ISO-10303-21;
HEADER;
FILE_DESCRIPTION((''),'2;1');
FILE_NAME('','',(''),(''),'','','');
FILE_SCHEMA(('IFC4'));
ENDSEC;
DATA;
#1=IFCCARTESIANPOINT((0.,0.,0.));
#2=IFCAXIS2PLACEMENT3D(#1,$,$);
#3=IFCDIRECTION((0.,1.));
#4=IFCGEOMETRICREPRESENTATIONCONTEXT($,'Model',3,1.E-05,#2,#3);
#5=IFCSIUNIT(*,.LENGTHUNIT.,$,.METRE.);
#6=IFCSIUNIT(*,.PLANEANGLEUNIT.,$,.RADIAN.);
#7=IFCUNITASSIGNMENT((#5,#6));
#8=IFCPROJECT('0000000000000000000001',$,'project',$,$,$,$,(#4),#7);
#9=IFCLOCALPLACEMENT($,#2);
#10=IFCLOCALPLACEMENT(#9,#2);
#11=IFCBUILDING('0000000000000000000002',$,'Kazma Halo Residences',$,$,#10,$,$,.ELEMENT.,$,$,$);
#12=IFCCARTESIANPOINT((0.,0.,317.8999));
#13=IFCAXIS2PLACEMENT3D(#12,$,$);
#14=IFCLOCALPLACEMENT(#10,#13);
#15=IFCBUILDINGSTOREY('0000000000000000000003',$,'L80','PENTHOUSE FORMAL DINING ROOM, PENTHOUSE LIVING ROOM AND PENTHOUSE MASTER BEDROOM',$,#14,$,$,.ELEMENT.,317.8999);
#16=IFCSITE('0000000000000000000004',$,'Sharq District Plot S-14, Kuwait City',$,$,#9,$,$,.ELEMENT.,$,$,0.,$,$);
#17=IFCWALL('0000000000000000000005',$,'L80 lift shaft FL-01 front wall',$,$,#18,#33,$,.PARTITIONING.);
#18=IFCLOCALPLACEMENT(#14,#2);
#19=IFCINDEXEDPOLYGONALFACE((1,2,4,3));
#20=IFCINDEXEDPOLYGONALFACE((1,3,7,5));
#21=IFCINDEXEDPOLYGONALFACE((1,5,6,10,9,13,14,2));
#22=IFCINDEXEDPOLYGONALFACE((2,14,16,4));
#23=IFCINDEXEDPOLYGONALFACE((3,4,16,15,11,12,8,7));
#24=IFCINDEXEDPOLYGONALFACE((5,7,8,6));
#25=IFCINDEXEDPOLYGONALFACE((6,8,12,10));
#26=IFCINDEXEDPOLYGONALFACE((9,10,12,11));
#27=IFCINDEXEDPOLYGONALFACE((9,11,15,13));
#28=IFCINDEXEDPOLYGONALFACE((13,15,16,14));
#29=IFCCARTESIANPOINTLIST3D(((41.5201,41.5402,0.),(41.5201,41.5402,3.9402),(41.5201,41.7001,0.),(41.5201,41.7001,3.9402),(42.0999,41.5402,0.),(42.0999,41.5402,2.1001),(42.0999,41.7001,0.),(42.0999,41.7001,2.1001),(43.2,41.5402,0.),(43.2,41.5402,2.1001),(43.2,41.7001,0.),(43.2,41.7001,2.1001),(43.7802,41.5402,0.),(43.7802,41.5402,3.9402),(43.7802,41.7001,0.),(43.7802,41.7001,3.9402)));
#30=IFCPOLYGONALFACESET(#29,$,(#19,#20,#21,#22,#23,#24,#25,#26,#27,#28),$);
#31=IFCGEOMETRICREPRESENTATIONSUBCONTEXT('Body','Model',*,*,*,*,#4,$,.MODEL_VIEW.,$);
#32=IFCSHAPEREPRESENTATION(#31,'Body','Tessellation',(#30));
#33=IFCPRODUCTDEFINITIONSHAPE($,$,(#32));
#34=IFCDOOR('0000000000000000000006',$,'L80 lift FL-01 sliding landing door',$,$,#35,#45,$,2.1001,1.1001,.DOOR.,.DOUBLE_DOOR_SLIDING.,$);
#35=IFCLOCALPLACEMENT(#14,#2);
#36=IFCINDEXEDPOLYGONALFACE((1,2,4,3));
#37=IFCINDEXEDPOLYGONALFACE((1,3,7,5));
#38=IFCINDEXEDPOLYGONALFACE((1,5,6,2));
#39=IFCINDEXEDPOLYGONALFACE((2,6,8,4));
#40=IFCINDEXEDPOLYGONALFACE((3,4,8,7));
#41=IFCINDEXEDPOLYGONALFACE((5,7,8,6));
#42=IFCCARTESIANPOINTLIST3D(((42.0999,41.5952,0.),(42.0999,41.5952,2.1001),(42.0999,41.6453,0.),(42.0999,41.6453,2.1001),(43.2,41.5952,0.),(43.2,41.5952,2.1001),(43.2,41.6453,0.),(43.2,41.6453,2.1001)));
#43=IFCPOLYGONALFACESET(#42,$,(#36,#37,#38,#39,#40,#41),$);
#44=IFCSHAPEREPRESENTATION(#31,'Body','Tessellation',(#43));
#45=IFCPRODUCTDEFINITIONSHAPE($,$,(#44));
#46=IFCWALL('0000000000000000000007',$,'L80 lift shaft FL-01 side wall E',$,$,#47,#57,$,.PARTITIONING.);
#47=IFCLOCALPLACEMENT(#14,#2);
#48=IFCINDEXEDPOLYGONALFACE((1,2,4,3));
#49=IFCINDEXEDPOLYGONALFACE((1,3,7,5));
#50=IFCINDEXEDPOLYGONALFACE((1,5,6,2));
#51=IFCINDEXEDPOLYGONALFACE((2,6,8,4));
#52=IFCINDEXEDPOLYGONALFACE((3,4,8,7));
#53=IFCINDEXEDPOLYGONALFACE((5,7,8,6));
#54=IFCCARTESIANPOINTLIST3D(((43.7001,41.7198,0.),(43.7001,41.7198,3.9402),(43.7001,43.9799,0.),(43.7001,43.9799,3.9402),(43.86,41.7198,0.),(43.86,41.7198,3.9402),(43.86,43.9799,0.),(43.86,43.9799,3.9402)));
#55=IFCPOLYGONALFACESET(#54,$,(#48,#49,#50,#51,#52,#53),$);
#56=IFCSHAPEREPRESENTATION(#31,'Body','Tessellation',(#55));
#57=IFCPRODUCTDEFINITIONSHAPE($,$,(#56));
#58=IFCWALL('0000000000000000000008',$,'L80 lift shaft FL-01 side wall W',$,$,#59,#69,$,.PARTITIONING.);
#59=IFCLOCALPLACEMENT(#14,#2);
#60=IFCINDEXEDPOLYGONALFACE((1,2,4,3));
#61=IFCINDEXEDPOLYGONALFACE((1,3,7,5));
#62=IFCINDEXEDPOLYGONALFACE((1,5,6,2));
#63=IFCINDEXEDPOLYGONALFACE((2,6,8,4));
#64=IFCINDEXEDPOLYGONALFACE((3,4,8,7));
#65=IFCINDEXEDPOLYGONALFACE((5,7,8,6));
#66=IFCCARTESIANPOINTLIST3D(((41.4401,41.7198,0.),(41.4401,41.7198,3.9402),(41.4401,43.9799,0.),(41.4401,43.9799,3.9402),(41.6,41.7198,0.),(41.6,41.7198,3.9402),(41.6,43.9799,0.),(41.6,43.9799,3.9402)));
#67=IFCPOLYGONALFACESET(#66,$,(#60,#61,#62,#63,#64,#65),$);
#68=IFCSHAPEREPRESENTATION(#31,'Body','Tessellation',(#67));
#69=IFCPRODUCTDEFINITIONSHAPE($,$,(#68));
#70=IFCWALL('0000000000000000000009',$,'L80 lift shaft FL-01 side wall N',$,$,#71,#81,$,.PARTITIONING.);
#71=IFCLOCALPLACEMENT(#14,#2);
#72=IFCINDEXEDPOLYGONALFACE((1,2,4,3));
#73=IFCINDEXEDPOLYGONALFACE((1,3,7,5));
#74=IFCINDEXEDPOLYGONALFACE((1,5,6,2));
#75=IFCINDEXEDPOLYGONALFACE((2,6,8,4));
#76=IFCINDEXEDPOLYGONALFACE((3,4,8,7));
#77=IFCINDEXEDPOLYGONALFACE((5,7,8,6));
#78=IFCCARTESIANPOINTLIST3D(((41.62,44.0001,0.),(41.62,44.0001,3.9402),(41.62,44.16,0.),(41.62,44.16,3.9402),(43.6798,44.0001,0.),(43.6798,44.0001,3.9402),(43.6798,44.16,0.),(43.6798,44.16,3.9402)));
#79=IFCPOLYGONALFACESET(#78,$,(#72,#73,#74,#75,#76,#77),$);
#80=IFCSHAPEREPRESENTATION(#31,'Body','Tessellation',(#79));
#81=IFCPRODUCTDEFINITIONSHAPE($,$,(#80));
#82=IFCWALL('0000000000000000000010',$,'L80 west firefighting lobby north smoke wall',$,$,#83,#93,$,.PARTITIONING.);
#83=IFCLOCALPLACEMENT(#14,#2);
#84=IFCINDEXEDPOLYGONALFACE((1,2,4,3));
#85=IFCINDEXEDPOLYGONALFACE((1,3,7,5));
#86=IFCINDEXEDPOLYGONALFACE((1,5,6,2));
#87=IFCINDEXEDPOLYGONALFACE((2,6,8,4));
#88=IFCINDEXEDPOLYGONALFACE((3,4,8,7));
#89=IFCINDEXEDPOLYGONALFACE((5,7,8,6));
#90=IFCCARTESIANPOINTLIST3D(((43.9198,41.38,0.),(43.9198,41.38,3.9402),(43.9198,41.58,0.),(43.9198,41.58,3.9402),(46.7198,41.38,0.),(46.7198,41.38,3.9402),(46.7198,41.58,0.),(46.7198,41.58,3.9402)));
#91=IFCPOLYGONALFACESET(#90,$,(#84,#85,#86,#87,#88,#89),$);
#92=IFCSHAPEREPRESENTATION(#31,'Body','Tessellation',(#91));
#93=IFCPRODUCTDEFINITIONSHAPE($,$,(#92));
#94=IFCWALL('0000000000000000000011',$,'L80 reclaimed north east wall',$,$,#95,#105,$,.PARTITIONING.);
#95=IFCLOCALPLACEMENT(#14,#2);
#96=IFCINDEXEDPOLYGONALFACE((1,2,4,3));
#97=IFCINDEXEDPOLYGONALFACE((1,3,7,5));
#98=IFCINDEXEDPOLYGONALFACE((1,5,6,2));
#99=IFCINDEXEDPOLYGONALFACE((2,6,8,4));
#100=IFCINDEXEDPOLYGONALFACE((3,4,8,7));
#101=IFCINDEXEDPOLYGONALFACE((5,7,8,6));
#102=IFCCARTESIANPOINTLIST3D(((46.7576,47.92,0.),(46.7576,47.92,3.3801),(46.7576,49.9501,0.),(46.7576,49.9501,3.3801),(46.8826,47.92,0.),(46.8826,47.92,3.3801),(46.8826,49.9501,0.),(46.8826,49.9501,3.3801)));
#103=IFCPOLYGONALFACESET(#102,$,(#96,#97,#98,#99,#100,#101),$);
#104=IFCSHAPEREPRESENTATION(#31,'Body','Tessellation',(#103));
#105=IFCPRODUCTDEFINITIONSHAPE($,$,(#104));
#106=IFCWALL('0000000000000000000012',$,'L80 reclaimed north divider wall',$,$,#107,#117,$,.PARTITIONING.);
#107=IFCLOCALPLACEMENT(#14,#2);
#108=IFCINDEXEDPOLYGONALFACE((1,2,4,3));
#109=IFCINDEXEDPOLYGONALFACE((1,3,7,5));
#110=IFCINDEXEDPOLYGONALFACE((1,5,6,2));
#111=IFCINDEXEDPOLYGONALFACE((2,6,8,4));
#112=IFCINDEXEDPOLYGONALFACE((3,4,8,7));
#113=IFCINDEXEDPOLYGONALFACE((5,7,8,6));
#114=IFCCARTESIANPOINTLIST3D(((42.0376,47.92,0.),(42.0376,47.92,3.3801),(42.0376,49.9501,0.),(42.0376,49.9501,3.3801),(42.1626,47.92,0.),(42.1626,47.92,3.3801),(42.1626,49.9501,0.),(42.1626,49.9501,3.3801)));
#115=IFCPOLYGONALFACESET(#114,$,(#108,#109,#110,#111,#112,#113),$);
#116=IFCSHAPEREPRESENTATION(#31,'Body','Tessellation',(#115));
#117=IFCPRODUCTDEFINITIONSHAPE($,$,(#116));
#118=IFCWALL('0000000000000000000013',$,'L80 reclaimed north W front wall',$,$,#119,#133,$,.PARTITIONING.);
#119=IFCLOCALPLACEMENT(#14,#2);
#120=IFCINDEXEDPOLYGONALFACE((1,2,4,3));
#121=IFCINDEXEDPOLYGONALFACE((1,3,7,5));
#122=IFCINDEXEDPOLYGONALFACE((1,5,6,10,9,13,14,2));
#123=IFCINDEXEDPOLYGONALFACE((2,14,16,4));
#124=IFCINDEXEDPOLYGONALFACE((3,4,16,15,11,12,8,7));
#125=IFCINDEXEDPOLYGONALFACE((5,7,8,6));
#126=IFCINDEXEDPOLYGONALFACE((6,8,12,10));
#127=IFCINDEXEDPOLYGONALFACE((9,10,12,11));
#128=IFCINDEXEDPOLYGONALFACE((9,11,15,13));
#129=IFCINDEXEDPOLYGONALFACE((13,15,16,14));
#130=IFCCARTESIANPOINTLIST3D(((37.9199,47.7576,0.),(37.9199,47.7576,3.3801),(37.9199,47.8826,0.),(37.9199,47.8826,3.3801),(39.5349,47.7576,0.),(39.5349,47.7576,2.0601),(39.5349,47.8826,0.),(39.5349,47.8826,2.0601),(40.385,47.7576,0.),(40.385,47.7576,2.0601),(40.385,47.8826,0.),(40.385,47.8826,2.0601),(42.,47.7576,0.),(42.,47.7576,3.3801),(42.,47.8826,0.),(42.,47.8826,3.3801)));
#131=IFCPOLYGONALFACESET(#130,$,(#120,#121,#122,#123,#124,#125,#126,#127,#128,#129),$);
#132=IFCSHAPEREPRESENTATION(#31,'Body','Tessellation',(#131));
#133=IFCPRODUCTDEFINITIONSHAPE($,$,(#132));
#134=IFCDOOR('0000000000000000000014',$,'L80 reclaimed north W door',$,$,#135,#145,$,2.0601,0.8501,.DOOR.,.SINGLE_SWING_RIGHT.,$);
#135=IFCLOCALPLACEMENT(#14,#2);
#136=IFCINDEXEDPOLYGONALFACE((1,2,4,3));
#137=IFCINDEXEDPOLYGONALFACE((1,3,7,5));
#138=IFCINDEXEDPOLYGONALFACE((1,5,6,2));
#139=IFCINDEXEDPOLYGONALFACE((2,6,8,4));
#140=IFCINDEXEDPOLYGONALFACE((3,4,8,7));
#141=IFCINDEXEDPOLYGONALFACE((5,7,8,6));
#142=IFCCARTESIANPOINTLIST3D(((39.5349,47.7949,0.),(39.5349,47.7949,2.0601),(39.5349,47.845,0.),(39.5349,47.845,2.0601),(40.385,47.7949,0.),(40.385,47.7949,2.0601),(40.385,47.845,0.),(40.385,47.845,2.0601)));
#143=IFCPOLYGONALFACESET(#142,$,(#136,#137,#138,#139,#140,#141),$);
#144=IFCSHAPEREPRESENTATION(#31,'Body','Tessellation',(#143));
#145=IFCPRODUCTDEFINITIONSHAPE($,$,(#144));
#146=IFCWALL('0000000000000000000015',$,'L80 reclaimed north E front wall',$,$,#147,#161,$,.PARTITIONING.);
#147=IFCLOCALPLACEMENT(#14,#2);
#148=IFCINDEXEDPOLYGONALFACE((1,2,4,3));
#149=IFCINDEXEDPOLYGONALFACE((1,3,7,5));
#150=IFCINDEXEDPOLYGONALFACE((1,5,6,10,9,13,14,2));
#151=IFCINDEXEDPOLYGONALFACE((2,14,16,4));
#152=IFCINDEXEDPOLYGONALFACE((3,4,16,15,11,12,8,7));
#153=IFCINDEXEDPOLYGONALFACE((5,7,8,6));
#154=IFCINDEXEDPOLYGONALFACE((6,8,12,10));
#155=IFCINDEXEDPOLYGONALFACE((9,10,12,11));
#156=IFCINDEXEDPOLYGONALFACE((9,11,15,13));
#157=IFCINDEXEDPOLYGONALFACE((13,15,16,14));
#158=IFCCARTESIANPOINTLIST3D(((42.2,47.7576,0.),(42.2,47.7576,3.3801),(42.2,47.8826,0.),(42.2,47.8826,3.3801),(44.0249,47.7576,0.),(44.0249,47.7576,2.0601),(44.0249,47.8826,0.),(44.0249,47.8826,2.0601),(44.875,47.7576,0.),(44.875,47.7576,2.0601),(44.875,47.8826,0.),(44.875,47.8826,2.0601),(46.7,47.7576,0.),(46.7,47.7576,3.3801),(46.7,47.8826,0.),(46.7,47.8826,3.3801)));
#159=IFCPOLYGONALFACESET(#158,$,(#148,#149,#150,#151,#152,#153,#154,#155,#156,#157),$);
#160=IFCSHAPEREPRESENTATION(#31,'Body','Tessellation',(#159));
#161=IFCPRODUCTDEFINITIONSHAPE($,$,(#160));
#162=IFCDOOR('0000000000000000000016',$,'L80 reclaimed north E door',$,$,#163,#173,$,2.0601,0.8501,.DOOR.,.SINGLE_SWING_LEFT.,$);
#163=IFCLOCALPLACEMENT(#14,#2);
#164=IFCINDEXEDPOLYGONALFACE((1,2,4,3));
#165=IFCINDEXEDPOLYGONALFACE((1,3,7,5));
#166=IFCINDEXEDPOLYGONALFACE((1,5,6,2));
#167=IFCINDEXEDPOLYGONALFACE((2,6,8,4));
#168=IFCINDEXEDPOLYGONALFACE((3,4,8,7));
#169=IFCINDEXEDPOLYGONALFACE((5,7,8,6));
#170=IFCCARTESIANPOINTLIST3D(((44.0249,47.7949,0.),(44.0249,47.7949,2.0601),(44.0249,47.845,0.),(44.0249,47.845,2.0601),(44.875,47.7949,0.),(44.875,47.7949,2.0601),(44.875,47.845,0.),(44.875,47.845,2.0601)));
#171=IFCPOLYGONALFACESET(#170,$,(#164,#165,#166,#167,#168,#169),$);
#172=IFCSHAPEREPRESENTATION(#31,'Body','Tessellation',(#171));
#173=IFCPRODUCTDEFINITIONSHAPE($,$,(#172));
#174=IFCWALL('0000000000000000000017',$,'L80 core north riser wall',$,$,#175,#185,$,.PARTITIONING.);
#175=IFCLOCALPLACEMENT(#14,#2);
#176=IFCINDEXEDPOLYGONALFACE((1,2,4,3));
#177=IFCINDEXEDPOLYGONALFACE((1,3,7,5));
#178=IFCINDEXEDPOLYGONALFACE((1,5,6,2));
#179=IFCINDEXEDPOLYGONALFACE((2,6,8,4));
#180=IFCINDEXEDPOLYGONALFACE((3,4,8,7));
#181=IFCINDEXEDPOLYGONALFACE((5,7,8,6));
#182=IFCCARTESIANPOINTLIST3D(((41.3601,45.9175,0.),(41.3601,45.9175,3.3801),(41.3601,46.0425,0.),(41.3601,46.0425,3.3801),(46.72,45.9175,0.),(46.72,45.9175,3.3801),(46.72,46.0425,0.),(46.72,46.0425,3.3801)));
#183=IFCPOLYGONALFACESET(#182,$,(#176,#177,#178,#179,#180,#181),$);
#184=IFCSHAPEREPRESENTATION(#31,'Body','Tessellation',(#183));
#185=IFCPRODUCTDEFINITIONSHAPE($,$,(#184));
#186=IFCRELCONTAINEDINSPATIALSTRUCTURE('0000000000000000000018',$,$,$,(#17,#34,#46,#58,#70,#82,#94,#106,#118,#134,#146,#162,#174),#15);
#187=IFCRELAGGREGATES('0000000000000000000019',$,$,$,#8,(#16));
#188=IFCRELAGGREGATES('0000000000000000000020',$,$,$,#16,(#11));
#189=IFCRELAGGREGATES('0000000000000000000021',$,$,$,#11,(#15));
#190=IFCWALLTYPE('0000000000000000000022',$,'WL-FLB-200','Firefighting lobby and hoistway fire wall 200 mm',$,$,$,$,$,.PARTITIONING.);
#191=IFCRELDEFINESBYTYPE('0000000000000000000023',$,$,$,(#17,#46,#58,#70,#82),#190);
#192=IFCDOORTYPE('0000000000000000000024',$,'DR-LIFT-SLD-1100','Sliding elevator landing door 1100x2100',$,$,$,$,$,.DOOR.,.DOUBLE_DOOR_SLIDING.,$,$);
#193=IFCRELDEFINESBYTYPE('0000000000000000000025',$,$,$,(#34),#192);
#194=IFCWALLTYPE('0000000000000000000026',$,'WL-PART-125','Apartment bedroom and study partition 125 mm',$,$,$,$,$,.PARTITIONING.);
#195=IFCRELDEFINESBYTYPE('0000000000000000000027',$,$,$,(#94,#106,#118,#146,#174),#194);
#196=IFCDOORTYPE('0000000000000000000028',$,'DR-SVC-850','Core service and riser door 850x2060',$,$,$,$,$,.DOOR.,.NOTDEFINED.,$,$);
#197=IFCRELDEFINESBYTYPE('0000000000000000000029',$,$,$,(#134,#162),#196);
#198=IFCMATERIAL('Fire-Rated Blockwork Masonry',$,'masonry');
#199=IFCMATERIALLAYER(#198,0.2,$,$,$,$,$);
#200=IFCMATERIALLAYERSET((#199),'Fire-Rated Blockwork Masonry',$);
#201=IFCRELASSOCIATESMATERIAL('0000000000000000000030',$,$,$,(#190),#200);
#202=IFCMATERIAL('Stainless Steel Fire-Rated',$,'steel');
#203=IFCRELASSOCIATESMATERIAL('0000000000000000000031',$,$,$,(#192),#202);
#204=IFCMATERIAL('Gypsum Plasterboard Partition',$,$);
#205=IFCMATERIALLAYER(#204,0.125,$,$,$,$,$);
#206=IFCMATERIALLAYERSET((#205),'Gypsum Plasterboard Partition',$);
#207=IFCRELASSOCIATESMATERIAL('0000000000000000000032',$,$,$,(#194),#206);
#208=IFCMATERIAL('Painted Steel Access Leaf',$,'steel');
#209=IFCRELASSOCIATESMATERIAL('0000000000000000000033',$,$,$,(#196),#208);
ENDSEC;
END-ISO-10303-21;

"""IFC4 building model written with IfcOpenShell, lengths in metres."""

from ifc_helpers import new_model, si_unit, direction, frame, frame_2d, origin, place, context, subcontext, project, spatial, rectangle, extrude, material, layer, layer_set, type_object, element, fill, save


model = new_model("IFC4")

# Units and contexts
model_context = context("Model", 3, precision=1e-05, world=origin(), true_north=direction((0.0, 1.0)))
body_context = subcontext(model_context, "Body", "Model", "MODEL_VIEW")
ifc_project = project(units=[si_unit("LENGTHUNIT", "METRE"), si_unit("PLANEANGLEUNIT", "RADIAN")], contexts=[model_context])

# Site, building, storey
site_placement = place(None, origin())
site = spatial("IfcSite", under=ifc_project, at=site_placement, Name="Sharq District Plot S-14, Kuwait City", CompositionType="ELEMENT", RefElevation=0.0)
building_placement = place(site_placement, origin())
building = spatial("IfcBuilding", under=site, at=building_placement, Name="Kazma Halo Residences", CompositionType="ELEMENT")
storey_placement = place(building_placement, frame((0.0, 0.0, 317.8999)))
storey = spatial("IfcBuildingStorey", under=building, at=storey_placement, Name="L80", Description="PENTHOUSE FORMAL DINING ROOM, PENTHOUSE LIVING ROOM AND PENTHOUSE MASTER BEDROOM", CompositionType="ELEMENT", Elevation=317.8999)

# Wall, opening, door
ifc_material_1 = material(Name="Fire-Rated Blockwork Masonry", Category="masonry")
ifc_layer_1 = layer(ifc_material_1, 0.2)
ifc_layer_set_1 = layer_set([ifc_layer_1], Name="Fire-Rated Blockwork Masonry")
wall_type_1 = type_object("IfcWallType", Name="WL-FLB-200", Description="Firefighting lobby and hoistway fire wall 200 mm", PredefinedType="PARTITIONING", material=ifc_layer_set_1)
wall_1_placement = place(storey_placement, frame((43.78, 41.6201, 0.0), z_axis=(0.0, 0.0, 1.0), x_axis=(-1.0, 0.0, 0.0)))
wall_1 = element("IfcWall", 1, at=wall_1_placement, inside=storey, type_object=wall_type_1, Name="L80 lift shaft FL-01 front wall", PredefinedType="PARTITIONING", context=body_context, shape_type="SweptSolid", body=[
    extrude(rectangle(XDim=2.26, YDim=0.1599, at=frame_2d((1.1299, 0.0))), origin(), (0.0, 0.0, 1.0), 3.9402),
])
opening_1_placement = place(wall_1_placement, frame((0.5801, 0.0, 0.0)))
opening_1 = element("IfcOpeningElement", 2, at=opening_1_placement, cuts=wall_1, PredefinedType="OPENING", context=body_context, shape_type="SweptSolid", body=[
    extrude(rectangle(XDim=1.1001, YDim=2.1001, at=frame_2d((0.55, 1.05))), frame((0.0, 0.0898, 0.0), z_axis=(0.0, -1.0, 0.0), x_axis=(1.0, 0.0, 0.0)), (0.0, 0.0, 1.0), 0.1799),
])
ifc_material_2 = material(Name="Stainless Steel Fire-Rated", Category="steel")
door_type_1 = type_object("IfcDoorType", Name="DR-LIFT-SLD-1100", Description="Sliding elevator landing door 1100x2100", OperationType="DOUBLE_DOOR_SLIDING", PredefinedType="DOOR", material=ifc_material_2)
door_1_placement = place(opening_1_placement, origin())
door_1 = element("IfcDoor", 3, at=door_1_placement, inside=storey, type_object=door_type_1, Name="L80 lift FL-01 sliding landing door", OperationType="DOUBLE_DOOR_SLIDING", OverallHeight=2.1001, OverallWidth=1.1001, PredefinedType="DOOR", context=body_context, shape_type="SweptSolid", body=[
    extrude(rectangle(XDim=1.1001, YDim=2.1001, at=frame_2d((0.55, 1.05))), frame((0.0, 0.0249, 0.0), z_axis=(0.0, -1.0, 0.0), x_axis=(1.0, 0.0, 0.0)), (0.0, 0.0, 1.0), 0.05),
])
fill(opening_1, door_1)

# Walls
for number, where, z_axis, x_axis, name in (
    (4, (43.78, 41.72, 0.0), (0.0, 0.0, 1.0), (0.0, 1.0, 0.0), "L80 lift shaft FL-01 side wall E"),
    (5, (41.52, 41.72, 0.0), (0.0, 0.0, 1.0), (0.0, 1.0, 0.0), "L80 lift shaft FL-01 side wall W"),
):
    element("IfcWall", number, at=place(storey_placement, frame(where, z_axis=z_axis, x_axis=x_axis)), inside=storey, type_object=wall_type_1, Name=name, PredefinedType="PARTITIONING", context=body_context, shape_type="SweptSolid", body=[
        extrude(rectangle(XDim=2.26, YDim=0.1599, at=frame_2d((1.1299, 0.0))), origin(), (0.0, 0.0, 1.0), 3.9402),
    ])
wall_2_placement = place(storey_placement, frame((41.6201, 44.0801, 0.0), z_axis=(0.0, 0.0, 1.0), x_axis=(1.0, 0.0, 0.0)))
element("IfcWall", 6, at=wall_2_placement, inside=storey, type_object=wall_type_1, Name="L80 lift shaft FL-01 side wall N", PredefinedType="PARTITIONING", context=body_context, shape_type="SweptSolid", body=[
    extrude(rectangle(XDim=2.0598, YDim=0.1599, at=frame_2d((1.0298, 0.0))), origin(), (0.0, 0.0, 1.0), 3.9402),
])
wall_3_placement = place(storey_placement, frame((43.9199, 41.48, 0.0), z_axis=(0.0, 0.0, 1.0), x_axis=(1.0, 0.0, 0.0)))
element("IfcWall", 7, at=wall_3_placement, inside=storey, type_object=wall_type_1, Name="L80 west firefighting lobby north smoke wall", PredefinedType="PARTITIONING", context=body_context, shape_type="SweptSolid", body=[
    extrude(rectangle(XDim=2.8, YDim=0.2, at=frame_2d((1.3999, 0.0))), origin(), (0.0, 0.0, 1.0), 3.9402),
])
ifc_material_3 = material(Name="Gypsum Plasterboard Partition")
ifc_layer_2 = layer(ifc_material_3, 0.125)
ifc_layer_set_2 = layer_set([ifc_layer_2], Name="Gypsum Plasterboard Partition")
wall_type_2 = type_object("IfcWallType", Name="WL-PART-125", Description="Apartment bedroom and study partition 125 mm", PredefinedType="PARTITIONING", material=ifc_layer_set_2)
for number, where, z_axis, x_axis, name in (
    (8, (46.8201, 47.9199, 0.0), (0.0, 0.0, 1.0), (0.0, 1.0, 0.0), "L80 reclaimed north east wall"),
    (9, (42.1001, 47.9199, 0.0), (0.0, 0.0, 1.0), (0.0, 1.0, 0.0), "L80 reclaimed north divider wall"),
):
    element("IfcWall", number, at=place(storey_placement, frame(where, z_axis=z_axis, x_axis=x_axis)), inside=storey, type_object=wall_type_2, Name=name, PredefinedType="PARTITIONING", context=body_context, shape_type="SweptSolid", body=[
        extrude(rectangle(XDim=2.03, YDim=0.125, at=frame_2d((1.0151, 0.0))), origin(), (0.0, 0.0, 1.0), 3.3801),
    ])

# Walls, openings, doors
wall_4_placement = place(storey_placement, frame((37.9199, 47.8201, 0.0), z_axis=(0.0, 0.0, 1.0), x_axis=(1.0, 0.0, 0.0)))
wall_4 = element("IfcWall", 10, at=wall_4_placement, inside=storey, type_object=wall_type_2, Name="L80 reclaimed north W front wall", PredefinedType="PARTITIONING", context=body_context, shape_type="SweptSolid", body=[
    extrude(rectangle(XDim=4.0801, YDim=0.125, at=frame_2d((2.04, 0.0))), origin(), (0.0, 0.0, 1.0), 3.3801),
])
opening_2_placement = place(wall_4_placement, frame((1.615, 0.0, 0.0)))
opening_2 = element("IfcOpeningElement", 11, at=opening_2_placement, cuts=wall_4, PredefinedType="OPENING", context=body_context, shape_type="SweptSolid", body=[
    extrude(rectangle(XDim=0.8501, YDim=2.0601, at=frame_2d((0.425, 1.03))), frame((0.0, 0.0725, 0.0), z_axis=(0.0, -1.0, 0.0), x_axis=(1.0, 0.0, 0.0)), (0.0, 0.0, 1.0), 0.145),
])
ifc_material_4 = material(Name="Painted Steel Access Leaf", Category="steel")
door_type_2 = type_object("IfcDoorType", Name="DR-SVC-850", Description="Core service and riser door 850x2060", OperationType="NOTDEFINED", PredefinedType="DOOR", material=ifc_material_4)
door_2_placement = place(opening_2_placement, origin())
door_2 = element("IfcDoor", 12, at=door_2_placement, inside=storey, type_object=door_type_2, Name="L80 reclaimed north W door", OperationType="SINGLE_SWING_RIGHT", OverallHeight=2.0601, OverallWidth=0.8501, PredefinedType="DOOR", context=body_context, shape_type="SweptSolid", body=[
    extrude(rectangle(XDim=0.8501, YDim=2.0601, at=frame_2d((0.425, 1.03))), frame((0.0, 0.0249, 0.0), z_axis=(0.0, -1.0, 0.0), x_axis=(1.0, 0.0, 0.0)), (0.0, 0.0, 1.0), 0.05),
])
fill(opening_2, door_2)
wall_5_placement = place(storey_placement, frame((42.2, 47.8201, 0.0), z_axis=(0.0, 0.0, 1.0), x_axis=(1.0, 0.0, 0.0)))
wall_5 = element("IfcWall", 13, at=wall_5_placement, inside=storey, type_object=wall_type_2, Name="L80 reclaimed north E front wall", PredefinedType="PARTITIONING", context=body_context, shape_type="SweptSolid", body=[
    extrude(rectangle(XDim=4.5, YDim=0.125, at=frame_2d((2.25, 0.0))), origin(), (0.0, 0.0, 1.0), 3.3801),
])
opening_3_placement = place(wall_5_placement, frame((1.825, 0.0, 0.0)))
opening_3 = element("IfcOpeningElement", 14, at=opening_3_placement, cuts=wall_5, PredefinedType="OPENING", context=body_context, shape_type="SweptSolid", body=[
    extrude(rectangle(XDim=0.8501, YDim=2.0601, at=frame_2d((0.425, 1.03))), frame((0.0, 0.0725, 0.0), z_axis=(0.0, -1.0, 0.0), x_axis=(1.0, 0.0, 0.0)), (0.0, 0.0, 1.0), 0.145),
])
door_3_placement = place(opening_3_placement, origin())
door_3 = element("IfcDoor", 15, at=door_3_placement, inside=storey, type_object=door_type_2, Name="L80 reclaimed north E door", OperationType="SINGLE_SWING_LEFT", OverallHeight=2.0601, OverallWidth=0.8501, PredefinedType="DOOR", context=body_context, shape_type="SweptSolid", body=[
    extrude(rectangle(XDim=0.8501, YDim=2.0601, at=frame_2d((0.425, 1.03))), frame((0.0, 0.0249, 0.0), z_axis=(0.0, -1.0, 0.0), x_axis=(1.0, 0.0, 0.0)), (0.0, 0.0, 1.0), 0.05),
])
fill(opening_3, door_3)

# Wall
wall_6_placement = place(storey_placement, frame((41.3601, 45.98, 0.0), z_axis=(0.0, 0.0, 1.0), x_axis=(1.0, 0.0, 0.0)))
element("IfcWall", 16, at=wall_6_placement, inside=storey, type_object=wall_type_2, Name="L80 core north riser wall", PredefinedType="PARTITIONING", context=body_context, shape_type="SweptSolid", body=[
    extrude(rectangle(XDim=5.3599, YDim=0.125, at=frame_2d((2.6799, 0.0))), origin(), (0.0, 0.0, 1.0), 3.3801),
])

save(model, "model.ifc")
